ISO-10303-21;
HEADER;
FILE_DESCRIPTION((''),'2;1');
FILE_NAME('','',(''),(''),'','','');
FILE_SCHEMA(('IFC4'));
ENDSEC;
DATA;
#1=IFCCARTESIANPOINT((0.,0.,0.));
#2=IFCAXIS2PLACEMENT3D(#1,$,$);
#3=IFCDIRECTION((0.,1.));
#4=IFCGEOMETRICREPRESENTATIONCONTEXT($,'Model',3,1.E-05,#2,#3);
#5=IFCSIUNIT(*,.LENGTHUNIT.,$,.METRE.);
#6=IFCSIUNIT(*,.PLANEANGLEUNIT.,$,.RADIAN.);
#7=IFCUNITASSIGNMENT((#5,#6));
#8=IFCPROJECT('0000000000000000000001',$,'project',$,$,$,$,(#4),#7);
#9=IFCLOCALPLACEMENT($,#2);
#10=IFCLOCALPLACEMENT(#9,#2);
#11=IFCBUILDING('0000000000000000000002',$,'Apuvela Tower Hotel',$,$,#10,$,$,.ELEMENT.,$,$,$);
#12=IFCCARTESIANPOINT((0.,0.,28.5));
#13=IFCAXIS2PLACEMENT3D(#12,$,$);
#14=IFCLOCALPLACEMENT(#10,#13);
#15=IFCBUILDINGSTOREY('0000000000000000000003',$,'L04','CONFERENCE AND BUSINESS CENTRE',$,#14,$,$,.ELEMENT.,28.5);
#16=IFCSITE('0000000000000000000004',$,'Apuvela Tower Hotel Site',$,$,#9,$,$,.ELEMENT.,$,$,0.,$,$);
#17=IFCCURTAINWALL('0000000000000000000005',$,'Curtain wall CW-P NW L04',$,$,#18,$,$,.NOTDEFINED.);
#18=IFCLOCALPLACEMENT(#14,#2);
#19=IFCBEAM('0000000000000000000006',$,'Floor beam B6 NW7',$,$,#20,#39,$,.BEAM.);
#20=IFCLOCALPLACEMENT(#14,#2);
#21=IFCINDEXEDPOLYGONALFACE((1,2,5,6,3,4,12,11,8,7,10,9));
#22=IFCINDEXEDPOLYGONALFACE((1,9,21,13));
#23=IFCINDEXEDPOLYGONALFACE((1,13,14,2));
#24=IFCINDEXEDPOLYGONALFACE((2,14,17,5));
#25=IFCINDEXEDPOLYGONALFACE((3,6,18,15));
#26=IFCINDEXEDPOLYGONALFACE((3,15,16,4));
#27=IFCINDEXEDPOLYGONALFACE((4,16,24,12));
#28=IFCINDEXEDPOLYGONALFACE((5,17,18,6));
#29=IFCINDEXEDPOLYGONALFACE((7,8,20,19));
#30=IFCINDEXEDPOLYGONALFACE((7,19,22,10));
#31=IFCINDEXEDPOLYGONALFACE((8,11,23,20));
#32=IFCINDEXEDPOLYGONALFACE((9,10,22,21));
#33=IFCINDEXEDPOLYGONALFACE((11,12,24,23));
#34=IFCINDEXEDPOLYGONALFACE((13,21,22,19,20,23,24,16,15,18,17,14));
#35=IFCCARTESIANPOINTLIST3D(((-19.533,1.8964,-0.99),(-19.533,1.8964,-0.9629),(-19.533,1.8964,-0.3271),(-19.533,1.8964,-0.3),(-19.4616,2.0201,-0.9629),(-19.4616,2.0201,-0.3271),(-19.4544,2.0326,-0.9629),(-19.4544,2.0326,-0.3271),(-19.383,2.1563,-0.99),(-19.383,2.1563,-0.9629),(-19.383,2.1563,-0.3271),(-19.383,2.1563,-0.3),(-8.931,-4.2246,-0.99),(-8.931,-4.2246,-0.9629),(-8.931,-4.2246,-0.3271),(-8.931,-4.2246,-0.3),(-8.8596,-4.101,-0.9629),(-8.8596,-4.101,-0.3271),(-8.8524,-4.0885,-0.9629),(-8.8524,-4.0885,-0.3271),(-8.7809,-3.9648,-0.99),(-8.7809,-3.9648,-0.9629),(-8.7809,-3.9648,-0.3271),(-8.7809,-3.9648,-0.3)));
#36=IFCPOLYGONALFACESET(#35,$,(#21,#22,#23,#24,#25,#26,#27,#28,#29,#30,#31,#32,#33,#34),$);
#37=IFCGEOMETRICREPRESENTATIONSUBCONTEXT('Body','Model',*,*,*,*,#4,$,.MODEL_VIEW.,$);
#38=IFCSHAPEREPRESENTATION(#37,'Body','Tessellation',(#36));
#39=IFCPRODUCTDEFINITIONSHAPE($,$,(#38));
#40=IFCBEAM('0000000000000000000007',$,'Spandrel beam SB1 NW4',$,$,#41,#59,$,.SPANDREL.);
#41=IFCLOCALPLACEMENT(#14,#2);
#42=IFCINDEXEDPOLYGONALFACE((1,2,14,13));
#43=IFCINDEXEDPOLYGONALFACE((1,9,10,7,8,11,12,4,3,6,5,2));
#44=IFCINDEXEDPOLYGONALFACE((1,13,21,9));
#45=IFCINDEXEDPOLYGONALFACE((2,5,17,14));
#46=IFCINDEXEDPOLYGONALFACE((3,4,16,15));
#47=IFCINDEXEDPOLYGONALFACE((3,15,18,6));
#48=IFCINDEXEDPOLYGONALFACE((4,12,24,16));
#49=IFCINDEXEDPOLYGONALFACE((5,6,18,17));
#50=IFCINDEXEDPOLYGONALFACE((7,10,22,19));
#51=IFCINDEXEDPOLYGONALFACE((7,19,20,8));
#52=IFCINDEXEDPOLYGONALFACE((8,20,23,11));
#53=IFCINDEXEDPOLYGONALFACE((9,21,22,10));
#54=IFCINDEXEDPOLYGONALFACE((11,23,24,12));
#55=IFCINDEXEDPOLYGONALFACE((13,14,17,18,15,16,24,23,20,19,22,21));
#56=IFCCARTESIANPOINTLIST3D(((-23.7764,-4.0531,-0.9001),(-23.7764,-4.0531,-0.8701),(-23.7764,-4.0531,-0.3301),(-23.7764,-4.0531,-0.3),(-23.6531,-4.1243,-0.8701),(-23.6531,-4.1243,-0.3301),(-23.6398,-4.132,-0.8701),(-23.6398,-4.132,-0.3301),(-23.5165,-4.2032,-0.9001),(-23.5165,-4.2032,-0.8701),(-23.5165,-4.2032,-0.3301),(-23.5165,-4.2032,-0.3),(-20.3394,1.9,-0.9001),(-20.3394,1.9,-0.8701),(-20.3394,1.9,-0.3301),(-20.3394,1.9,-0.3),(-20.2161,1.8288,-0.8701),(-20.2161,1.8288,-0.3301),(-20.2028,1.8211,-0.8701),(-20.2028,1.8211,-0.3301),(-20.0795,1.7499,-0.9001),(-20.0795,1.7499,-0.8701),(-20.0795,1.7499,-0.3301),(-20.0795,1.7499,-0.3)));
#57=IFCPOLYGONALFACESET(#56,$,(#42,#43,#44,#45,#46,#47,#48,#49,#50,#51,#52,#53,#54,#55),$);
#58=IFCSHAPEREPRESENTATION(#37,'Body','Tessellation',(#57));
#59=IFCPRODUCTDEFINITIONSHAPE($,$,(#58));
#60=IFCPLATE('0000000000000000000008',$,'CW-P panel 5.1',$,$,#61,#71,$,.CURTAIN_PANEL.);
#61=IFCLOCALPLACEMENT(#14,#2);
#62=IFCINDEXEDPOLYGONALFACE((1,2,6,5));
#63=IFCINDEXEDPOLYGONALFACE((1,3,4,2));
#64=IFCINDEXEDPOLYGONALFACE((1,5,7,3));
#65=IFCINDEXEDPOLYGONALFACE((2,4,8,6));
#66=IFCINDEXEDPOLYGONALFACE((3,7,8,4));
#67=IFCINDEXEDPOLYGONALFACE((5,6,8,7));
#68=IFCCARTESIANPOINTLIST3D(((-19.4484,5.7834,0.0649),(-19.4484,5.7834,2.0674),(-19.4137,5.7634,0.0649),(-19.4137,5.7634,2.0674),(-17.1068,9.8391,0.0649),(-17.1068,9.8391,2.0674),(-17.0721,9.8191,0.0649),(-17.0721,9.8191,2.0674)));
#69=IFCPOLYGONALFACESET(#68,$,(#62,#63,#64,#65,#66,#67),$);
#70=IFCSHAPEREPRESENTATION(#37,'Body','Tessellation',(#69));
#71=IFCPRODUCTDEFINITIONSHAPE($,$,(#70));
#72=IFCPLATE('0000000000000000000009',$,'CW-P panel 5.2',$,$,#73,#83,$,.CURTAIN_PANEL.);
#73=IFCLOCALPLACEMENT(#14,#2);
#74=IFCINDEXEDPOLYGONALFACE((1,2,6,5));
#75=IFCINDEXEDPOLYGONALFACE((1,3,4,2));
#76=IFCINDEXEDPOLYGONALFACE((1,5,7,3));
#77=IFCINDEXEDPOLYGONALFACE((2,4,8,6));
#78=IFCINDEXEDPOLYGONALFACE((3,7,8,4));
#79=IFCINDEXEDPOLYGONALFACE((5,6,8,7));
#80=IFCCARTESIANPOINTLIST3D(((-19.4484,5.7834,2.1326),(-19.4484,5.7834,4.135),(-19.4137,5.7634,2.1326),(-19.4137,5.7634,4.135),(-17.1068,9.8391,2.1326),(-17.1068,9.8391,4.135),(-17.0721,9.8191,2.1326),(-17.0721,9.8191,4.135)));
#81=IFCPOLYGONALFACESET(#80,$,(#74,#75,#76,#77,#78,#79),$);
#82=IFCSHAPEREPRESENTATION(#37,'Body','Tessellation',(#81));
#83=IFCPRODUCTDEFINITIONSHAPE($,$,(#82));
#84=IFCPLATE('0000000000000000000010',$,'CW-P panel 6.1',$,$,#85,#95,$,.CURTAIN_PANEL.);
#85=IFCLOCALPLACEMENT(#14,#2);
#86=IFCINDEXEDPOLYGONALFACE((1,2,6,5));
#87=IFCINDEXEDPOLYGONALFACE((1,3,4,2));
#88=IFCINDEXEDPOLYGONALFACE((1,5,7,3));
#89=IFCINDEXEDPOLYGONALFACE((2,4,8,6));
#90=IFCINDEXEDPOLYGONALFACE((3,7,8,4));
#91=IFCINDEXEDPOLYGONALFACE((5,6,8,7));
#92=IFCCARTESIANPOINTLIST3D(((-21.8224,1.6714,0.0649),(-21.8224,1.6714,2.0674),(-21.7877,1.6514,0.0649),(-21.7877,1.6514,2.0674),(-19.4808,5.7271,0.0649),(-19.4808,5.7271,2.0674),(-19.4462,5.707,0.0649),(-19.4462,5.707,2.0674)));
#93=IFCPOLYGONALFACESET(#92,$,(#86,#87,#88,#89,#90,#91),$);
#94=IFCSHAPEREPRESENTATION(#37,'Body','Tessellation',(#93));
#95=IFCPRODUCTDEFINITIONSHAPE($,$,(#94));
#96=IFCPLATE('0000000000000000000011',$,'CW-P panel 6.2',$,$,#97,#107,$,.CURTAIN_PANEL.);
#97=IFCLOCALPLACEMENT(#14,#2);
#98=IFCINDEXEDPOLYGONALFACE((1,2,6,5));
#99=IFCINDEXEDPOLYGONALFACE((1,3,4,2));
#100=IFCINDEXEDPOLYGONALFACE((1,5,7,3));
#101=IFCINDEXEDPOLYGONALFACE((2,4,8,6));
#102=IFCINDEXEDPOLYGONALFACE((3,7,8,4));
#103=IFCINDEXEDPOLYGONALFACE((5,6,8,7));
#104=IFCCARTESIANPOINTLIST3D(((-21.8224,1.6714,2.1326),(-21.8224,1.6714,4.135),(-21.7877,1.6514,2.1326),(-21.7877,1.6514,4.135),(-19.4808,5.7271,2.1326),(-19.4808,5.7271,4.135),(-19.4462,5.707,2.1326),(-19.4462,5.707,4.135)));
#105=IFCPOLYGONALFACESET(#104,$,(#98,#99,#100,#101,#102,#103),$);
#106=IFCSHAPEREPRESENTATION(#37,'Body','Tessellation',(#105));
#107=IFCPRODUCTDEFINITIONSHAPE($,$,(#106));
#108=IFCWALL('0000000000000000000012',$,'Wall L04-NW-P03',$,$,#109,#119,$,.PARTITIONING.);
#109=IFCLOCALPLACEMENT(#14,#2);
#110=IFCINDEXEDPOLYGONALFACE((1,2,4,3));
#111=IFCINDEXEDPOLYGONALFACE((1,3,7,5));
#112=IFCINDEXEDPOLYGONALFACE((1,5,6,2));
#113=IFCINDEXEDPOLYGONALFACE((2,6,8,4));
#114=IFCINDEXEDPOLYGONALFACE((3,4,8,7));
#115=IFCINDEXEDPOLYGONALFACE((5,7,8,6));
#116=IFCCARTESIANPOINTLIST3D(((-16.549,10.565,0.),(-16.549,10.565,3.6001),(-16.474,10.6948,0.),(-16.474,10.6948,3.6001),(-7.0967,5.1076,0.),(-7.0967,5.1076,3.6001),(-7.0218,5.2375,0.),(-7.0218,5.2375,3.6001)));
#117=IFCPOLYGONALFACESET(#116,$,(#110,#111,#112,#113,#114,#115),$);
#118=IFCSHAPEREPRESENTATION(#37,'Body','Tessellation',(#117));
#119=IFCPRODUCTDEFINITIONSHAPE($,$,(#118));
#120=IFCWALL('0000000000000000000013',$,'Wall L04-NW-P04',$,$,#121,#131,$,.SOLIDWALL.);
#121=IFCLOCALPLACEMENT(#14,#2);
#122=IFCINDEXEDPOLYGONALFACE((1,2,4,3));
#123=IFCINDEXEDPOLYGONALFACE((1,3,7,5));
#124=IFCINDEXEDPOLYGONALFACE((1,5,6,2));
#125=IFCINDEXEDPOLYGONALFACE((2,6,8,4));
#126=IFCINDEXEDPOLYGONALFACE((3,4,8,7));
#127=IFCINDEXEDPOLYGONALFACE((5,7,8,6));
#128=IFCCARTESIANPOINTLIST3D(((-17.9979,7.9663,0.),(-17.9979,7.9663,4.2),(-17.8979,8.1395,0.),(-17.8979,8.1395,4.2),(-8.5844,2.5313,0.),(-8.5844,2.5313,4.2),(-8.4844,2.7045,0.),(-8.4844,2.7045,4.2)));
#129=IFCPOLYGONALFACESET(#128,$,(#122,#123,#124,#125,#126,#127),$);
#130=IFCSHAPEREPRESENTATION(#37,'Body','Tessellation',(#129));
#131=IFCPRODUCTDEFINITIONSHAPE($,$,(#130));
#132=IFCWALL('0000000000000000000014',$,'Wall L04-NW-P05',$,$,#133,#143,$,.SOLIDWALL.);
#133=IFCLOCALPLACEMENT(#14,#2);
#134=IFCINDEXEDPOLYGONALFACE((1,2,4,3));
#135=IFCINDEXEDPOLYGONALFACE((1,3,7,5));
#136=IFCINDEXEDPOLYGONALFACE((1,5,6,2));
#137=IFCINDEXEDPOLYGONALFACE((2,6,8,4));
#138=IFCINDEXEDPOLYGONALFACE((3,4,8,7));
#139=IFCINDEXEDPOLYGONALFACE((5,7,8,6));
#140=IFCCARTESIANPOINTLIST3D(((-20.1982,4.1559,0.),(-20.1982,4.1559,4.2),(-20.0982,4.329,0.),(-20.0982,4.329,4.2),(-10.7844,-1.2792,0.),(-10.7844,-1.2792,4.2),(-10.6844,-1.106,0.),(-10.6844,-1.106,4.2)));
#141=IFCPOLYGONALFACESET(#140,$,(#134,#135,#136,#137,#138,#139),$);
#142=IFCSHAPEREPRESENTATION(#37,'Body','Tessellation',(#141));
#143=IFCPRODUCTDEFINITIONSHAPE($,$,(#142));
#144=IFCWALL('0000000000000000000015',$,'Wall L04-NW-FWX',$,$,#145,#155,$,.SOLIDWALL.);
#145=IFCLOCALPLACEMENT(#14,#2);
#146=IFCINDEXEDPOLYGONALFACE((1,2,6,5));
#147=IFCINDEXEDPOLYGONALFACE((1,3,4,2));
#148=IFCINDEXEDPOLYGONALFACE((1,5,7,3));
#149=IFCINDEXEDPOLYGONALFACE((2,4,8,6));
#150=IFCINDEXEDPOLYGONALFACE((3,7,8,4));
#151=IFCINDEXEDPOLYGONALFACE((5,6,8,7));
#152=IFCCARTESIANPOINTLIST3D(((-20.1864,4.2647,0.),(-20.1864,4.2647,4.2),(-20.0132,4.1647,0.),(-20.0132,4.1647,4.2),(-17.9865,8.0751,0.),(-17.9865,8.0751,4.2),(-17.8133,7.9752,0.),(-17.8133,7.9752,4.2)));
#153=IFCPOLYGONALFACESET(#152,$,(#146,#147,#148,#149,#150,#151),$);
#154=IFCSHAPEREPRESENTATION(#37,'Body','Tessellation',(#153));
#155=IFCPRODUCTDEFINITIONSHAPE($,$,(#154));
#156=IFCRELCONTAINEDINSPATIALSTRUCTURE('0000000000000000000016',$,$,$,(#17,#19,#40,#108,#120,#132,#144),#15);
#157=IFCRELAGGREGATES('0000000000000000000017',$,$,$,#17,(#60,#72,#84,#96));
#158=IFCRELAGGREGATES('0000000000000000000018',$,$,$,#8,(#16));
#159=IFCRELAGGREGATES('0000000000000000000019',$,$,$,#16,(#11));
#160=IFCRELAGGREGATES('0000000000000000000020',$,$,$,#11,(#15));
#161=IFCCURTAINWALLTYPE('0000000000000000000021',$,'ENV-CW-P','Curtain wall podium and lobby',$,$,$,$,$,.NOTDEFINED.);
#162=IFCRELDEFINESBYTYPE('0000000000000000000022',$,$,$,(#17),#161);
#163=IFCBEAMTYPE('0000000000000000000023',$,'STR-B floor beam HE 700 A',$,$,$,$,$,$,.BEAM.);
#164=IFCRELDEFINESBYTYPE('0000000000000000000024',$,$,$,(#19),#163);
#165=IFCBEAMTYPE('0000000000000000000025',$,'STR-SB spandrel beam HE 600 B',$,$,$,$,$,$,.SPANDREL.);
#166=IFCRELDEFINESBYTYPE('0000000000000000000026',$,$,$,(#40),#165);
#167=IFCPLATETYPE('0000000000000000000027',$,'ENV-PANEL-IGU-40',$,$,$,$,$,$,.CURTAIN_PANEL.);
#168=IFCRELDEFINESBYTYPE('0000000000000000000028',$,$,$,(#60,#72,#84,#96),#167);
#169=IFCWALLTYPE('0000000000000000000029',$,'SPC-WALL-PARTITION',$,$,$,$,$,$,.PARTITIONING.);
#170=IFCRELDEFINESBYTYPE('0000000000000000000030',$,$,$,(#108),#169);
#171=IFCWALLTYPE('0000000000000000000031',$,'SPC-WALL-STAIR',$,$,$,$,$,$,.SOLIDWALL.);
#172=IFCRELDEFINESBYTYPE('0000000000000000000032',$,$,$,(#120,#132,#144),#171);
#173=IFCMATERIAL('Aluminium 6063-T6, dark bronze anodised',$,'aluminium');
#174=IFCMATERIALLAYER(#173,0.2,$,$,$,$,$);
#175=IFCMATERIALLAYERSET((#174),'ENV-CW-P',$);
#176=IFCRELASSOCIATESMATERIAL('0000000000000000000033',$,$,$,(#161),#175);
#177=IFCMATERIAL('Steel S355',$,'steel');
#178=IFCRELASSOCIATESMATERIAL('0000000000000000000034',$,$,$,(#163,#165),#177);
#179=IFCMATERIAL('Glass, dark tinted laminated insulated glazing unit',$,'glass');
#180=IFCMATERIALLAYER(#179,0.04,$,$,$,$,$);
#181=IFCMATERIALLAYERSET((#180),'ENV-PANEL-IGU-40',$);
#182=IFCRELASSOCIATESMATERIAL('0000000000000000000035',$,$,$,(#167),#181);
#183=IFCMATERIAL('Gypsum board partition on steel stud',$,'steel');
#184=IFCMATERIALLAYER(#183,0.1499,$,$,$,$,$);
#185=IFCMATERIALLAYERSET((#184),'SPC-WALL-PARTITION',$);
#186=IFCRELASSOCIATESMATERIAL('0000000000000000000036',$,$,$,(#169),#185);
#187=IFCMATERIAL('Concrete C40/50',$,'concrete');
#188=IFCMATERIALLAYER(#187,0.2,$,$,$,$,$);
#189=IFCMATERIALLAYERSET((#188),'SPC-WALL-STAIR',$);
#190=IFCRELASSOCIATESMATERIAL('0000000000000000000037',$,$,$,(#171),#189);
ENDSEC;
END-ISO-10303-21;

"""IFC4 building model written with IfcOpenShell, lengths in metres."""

from ifc_helpers import new_model, si_unit, direction, frame, frame_2d, origin, origin_2d, place, context, subcontext, project, spatial, rectangle, i_section, extrude, material, layer, layer_set, material_profile, profile_set, type_object, element, aggregate, save


model = new_model("IFC4")

# Units and contexts
model_context = context("Model", 3, precision=1e-05, world=origin(), true_north=direction((0.0, 1.0)))
body_context = subcontext(model_context, "Body", "Model", "MODEL_VIEW")
ifc_project = project(units=[si_unit("LENGTHUNIT", "METRE"), si_unit("PLANEANGLEUNIT", "RADIAN")], contexts=[model_context])

# Site, building, storey
site_placement = place(None, origin())
site = spatial("IfcSite", under=ifc_project, at=site_placement, Name="Apuvela Tower Hotel Site", CompositionType="ELEMENT", RefElevation=0.0)
building_placement = place(site_placement, origin())
building = spatial("IfcBuilding", under=site, at=building_placement, Name="Apuvela Tower Hotel", CompositionType="ELEMENT")
storey_placement = place(building_placement, frame((0.0, 0.0, 28.5)))
storey = spatial("IfcBuildingStorey", under=building, at=storey_placement, Name="L04", Description="CONFERENCE AND BUSINESS CENTRE", CompositionType="ELEMENT", Elevation=28.5)

# Curtain wall
ifc_material_1 = material(Name="Aluminium 6063-T6, dark bronze anodised", Category="aluminium")
ifc_layer_1 = layer(ifc_material_1, 0.2)
ifc_layer_set_1 = layer_set([ifc_layer_1], Name="ENV-CW-P")
curtain_wall_type = type_object("IfcCurtainWallType", Name="ENV-CW-P", Description="Curtain wall podium and lobby", PredefinedType="NOTDEFINED", material=ifc_layer_set_1)
curtain_wall_placement = place(storey_placement, origin())
curtain_wall = element("IfcCurtainWall", 1, at=curtain_wall_placement, inside=storey, type_object=curtain_wall_type, Name="Curtain wall CW-P NW L04", PredefinedType="NOTDEFINED")

# Beams
ifc_material_2 = material(Name="Steel S355", Category="steel")
ifc_material_profile_1 = material_profile(ifc_material_2, i_section(OverallWidth=0.3, OverallDepth=0.6899, WebThickness=0.0144, FlangeThickness=0.0271, at=origin_2d()), Name="HE 700 A")
ifc_profile_set_1 = profile_set([ifc_material_profile_1], Name="Steel S355")
beam_type_1 = type_object("IfcBeamType", Name="STR-B floor beam HE 700 A", PredefinedType="BEAM", material=ifc_profile_set_1)
beam_1_placement = place(storey_placement, frame((-19.458, 2.0264, -0.645), z_axis=(0.866026, -0.5, 0.0), x_axis=(0.5, 0.866026, 0.0)))
element("IfcBeam", 2, at=beam_1_placement, inside=storey, type_object=beam_type_1, Name="Floor beam B6 NW7", PredefinedType="BEAM", context=body_context, shape_type="SweptSolid", body=[
    extrude(i_section(OverallWidth=0.3, OverallDepth=0.6899, WebThickness=0.0144, FlangeThickness=0.0271, at=origin_2d()), origin(), (0.0, 0.0, 1.0), 12.2422),
])
ifc_material_profile_2 = material_profile(ifc_material_2, i_section(OverallWidth=0.3, OverallDepth=0.6001, WebThickness=0.0154, FlangeThickness=0.03, at=origin_2d()), Name="HE 600 B")
ifc_profile_set_2 = profile_set([ifc_material_profile_2], Name="Steel S355")
beam_type_2 = type_object("IfcBeamType", Name="STR-SB spandrel beam HE 600 B", PredefinedType="SPANDREL", material=ifc_profile_set_2)
beam_2_placement = place(storey_placement, frame((-20.2095, 1.825, -0.6001), z_axis=(-0.499997, -0.866027, 0.0), x_axis=(0.866027, -0.499997, 0.0)))
element("IfcBeam", 3, at=beam_2_placement, inside=storey, type_object=beam_type_2, Name="Spandrel beam SB1 NW4", PredefinedType="SPANDREL", context=body_context, shape_type="SweptSolid", body=[
    extrude(i_section(OverallWidth=0.3, OverallDepth=0.6001, WebThickness=0.0154, FlangeThickness=0.03, at=origin_2d()), origin(), (0.0, 0.0, 1.0), 6.874),
])

# Plates
ifc_material_3 = material(Name="Glass, dark tinted laminated insulated glazing unit", Category="glass")
ifc_layer_2 = layer(ifc_material_3, 0.04)
ifc_layer_set_2 = layer_set([ifc_layer_2], Name="ENV-PANEL-IGU-40")
plate_type = type_object("IfcPlateType", Name="ENV-PANEL-IGU-40", PredefinedType="CURTAIN_PANEL", material=ifc_layer_set_2)
plate_1_placement = place(storey_placement, frame((-18.2603, 7.8013, 0.0649), z_axis=(0.0, 0.0, 1.0), x_axis=(-0.500002, -0.866024, 0.0)))
plate_1 = element("IfcPlate", 4, at=plate_1_placement, type_object=plate_type, Name="CW-P panel 5.1", PredefinedType="CURTAIN_PANEL", context=body_context, shape_type="SweptSolid", body=[
    extrude(rectangle(XDim=4.6831, YDim=0.04, at=origin_2d()), origin(), (0.0, 0.0, 1.0), 2.0024),
])
plate_2_placement = place(storey_placement, frame((-18.2603, 7.8013, 2.1326), z_axis=(0.0, 0.0, 1.0), x_axis=(-0.500002, -0.866024, 0.0)))
plate_2 = element("IfcPlate", 5, at=plate_2_placement, type_object=plate_type, Name="CW-P panel 5.2", PredefinedType="CURTAIN_PANEL", context=body_context, shape_type="SweptSolid", body=[
    extrude(rectangle(XDim=4.6831, YDim=0.04, at=origin_2d()), origin(), (0.0, 0.0, 1.0), 2.0024),
])
plate_3_placement = place(storey_placement, frame((-20.6343, 3.6892, 0.0649), z_axis=(0.0, 0.0, 1.0), x_axis=(-0.500002, -0.866024, 0.0)))
plate_3 = element("IfcPlate", 6, at=plate_3_placement, type_object=plate_type, Name="CW-P panel 6.1", PredefinedType="CURTAIN_PANEL", context=body_context, shape_type="SweptSolid", body=[
    extrude(rectangle(XDim=4.6831, YDim=0.04, at=origin_2d()), origin(), (0.0, 0.0, 1.0), 2.0024),
])
plate_4_placement = place(storey_placement, frame((-20.6343, 3.6892, 2.1326), z_axis=(0.0, 0.0, 1.0), x_axis=(-0.500002, -0.866024, 0.0)))
plate_4 = element("IfcPlate", 7, at=plate_4_placement, type_object=plate_type, Name="CW-P panel 6.2", PredefinedType="CURTAIN_PANEL", context=body_context, shape_type="SweptSolid", body=[
    extrude(rectangle(XDim=4.6831, YDim=0.04, at=origin_2d()), origin(), (0.0, 0.0, 1.0), 2.0024),
])
aggregate(curtain_wall, [plate_1, plate_2, plate_3, plate_4])

# Walls
ifc_material_4 = material(Name="Gypsum board partition on steel stud", Category="steel")
ifc_layer_3 = layer(ifc_material_4, 0.1499)
ifc_layer_set_3 = layer_set([ifc_layer_3], Name="SPC-WALL-PARTITION")
wall_type_1 = type_object("IfcWallType", Name="SPC-WALL-PARTITION", PredefinedType="PARTITIONING", material=ifc_layer_set_3)
wall_1_placement = place(storey_placement, frame((-16.5115, 10.6299, 0.0), z_axis=(0.0, 0.0, 1.0), x_axis=(0.866022, -0.500005, 0.0)))
element("IfcWall", 8, at=wall_1_placement, inside=storey, type_object=wall_type_1, Name="Wall L04-NW-P03", PredefinedType="PARTITIONING", context=body_context, shape_type="SweptSolid", body=[
    extrude(rectangle(XDim=10.9146, YDim=0.1499, at=frame_2d((5.4573, 0.0))), origin(), (0.0, 0.0, 1.0), 3.6001),
])
ifc_material_5 = material(Name="Concrete C40/50", Category="concrete")
ifc_layer_4 = layer(ifc_material_5, 0.2)
ifc_layer_set_4 = layer_set([ifc_layer_4], Name="SPC-WALL-STAIR")
wall_type_2 = type_object("IfcWallType", Name="SPC-WALL-STAIR", PredefinedType="SOLIDWALL", material=ifc_layer_set_4)
wall_2_placement = place(storey_placement, frame((-17.948, 8.053, 0.0), z_axis=(0.0, 0.0, 1.0), x_axis=(0.86602, -0.500009, 0.0)))
element("IfcWall", 9, at=wall_2_placement, inside=storey, type_object=wall_type_2, Name="Wall L04-NW-P04", PredefinedType="SOLIDWALL", context=body_context, shape_type="SweptSolid", body=[
    extrude(rectangle(XDim=10.8699, YDim=0.2, at=frame_2d((5.4351, 0.0))), origin(), (0.0, 0.0, 1.0), 4.2),
])
wall_3_placement = place(storey_placement, frame((-20.1482, 4.2424, 0.0), z_axis=(0.0, 0.0, 1.0), x_axis=(0.866026, -0.499999, 0.0)))
element("IfcWall", 10, at=wall_3_placement, inside=storey, type_object=wall_type_2, Name="Wall L04-NW-P05", PredefinedType="SOLIDWALL", context=body_context, shape_type="SweptSolid", body=[
    extrude(rectangle(XDim=10.8701, YDim=0.2, at=frame_2d((5.4351, 0.0))), origin(), (0.0, 0.0, 1.0), 4.2),
])
wall_4_placement = place(storey_placement, frame((-17.8999, 8.0251, 0.0), z_axis=(0.0, 0.0, 1.0), x_axis=(-0.499988, -0.866032, 0.0)))
element("IfcWall", 11, at=wall_4_placement, inside=storey, type_object=wall_type_2, Name="Wall L04-NW-FWX", PredefinedType="SOLIDWALL", context=body_context, shape_type="SweptSolid", body=[
    extrude(rectangle(XDim=4.3999, YDim=0.2, at=frame_2d((2.2, 0.0))), origin(), (0.0, 0.0, 1.0), 4.2),
])

save(model, "model.ifc")
